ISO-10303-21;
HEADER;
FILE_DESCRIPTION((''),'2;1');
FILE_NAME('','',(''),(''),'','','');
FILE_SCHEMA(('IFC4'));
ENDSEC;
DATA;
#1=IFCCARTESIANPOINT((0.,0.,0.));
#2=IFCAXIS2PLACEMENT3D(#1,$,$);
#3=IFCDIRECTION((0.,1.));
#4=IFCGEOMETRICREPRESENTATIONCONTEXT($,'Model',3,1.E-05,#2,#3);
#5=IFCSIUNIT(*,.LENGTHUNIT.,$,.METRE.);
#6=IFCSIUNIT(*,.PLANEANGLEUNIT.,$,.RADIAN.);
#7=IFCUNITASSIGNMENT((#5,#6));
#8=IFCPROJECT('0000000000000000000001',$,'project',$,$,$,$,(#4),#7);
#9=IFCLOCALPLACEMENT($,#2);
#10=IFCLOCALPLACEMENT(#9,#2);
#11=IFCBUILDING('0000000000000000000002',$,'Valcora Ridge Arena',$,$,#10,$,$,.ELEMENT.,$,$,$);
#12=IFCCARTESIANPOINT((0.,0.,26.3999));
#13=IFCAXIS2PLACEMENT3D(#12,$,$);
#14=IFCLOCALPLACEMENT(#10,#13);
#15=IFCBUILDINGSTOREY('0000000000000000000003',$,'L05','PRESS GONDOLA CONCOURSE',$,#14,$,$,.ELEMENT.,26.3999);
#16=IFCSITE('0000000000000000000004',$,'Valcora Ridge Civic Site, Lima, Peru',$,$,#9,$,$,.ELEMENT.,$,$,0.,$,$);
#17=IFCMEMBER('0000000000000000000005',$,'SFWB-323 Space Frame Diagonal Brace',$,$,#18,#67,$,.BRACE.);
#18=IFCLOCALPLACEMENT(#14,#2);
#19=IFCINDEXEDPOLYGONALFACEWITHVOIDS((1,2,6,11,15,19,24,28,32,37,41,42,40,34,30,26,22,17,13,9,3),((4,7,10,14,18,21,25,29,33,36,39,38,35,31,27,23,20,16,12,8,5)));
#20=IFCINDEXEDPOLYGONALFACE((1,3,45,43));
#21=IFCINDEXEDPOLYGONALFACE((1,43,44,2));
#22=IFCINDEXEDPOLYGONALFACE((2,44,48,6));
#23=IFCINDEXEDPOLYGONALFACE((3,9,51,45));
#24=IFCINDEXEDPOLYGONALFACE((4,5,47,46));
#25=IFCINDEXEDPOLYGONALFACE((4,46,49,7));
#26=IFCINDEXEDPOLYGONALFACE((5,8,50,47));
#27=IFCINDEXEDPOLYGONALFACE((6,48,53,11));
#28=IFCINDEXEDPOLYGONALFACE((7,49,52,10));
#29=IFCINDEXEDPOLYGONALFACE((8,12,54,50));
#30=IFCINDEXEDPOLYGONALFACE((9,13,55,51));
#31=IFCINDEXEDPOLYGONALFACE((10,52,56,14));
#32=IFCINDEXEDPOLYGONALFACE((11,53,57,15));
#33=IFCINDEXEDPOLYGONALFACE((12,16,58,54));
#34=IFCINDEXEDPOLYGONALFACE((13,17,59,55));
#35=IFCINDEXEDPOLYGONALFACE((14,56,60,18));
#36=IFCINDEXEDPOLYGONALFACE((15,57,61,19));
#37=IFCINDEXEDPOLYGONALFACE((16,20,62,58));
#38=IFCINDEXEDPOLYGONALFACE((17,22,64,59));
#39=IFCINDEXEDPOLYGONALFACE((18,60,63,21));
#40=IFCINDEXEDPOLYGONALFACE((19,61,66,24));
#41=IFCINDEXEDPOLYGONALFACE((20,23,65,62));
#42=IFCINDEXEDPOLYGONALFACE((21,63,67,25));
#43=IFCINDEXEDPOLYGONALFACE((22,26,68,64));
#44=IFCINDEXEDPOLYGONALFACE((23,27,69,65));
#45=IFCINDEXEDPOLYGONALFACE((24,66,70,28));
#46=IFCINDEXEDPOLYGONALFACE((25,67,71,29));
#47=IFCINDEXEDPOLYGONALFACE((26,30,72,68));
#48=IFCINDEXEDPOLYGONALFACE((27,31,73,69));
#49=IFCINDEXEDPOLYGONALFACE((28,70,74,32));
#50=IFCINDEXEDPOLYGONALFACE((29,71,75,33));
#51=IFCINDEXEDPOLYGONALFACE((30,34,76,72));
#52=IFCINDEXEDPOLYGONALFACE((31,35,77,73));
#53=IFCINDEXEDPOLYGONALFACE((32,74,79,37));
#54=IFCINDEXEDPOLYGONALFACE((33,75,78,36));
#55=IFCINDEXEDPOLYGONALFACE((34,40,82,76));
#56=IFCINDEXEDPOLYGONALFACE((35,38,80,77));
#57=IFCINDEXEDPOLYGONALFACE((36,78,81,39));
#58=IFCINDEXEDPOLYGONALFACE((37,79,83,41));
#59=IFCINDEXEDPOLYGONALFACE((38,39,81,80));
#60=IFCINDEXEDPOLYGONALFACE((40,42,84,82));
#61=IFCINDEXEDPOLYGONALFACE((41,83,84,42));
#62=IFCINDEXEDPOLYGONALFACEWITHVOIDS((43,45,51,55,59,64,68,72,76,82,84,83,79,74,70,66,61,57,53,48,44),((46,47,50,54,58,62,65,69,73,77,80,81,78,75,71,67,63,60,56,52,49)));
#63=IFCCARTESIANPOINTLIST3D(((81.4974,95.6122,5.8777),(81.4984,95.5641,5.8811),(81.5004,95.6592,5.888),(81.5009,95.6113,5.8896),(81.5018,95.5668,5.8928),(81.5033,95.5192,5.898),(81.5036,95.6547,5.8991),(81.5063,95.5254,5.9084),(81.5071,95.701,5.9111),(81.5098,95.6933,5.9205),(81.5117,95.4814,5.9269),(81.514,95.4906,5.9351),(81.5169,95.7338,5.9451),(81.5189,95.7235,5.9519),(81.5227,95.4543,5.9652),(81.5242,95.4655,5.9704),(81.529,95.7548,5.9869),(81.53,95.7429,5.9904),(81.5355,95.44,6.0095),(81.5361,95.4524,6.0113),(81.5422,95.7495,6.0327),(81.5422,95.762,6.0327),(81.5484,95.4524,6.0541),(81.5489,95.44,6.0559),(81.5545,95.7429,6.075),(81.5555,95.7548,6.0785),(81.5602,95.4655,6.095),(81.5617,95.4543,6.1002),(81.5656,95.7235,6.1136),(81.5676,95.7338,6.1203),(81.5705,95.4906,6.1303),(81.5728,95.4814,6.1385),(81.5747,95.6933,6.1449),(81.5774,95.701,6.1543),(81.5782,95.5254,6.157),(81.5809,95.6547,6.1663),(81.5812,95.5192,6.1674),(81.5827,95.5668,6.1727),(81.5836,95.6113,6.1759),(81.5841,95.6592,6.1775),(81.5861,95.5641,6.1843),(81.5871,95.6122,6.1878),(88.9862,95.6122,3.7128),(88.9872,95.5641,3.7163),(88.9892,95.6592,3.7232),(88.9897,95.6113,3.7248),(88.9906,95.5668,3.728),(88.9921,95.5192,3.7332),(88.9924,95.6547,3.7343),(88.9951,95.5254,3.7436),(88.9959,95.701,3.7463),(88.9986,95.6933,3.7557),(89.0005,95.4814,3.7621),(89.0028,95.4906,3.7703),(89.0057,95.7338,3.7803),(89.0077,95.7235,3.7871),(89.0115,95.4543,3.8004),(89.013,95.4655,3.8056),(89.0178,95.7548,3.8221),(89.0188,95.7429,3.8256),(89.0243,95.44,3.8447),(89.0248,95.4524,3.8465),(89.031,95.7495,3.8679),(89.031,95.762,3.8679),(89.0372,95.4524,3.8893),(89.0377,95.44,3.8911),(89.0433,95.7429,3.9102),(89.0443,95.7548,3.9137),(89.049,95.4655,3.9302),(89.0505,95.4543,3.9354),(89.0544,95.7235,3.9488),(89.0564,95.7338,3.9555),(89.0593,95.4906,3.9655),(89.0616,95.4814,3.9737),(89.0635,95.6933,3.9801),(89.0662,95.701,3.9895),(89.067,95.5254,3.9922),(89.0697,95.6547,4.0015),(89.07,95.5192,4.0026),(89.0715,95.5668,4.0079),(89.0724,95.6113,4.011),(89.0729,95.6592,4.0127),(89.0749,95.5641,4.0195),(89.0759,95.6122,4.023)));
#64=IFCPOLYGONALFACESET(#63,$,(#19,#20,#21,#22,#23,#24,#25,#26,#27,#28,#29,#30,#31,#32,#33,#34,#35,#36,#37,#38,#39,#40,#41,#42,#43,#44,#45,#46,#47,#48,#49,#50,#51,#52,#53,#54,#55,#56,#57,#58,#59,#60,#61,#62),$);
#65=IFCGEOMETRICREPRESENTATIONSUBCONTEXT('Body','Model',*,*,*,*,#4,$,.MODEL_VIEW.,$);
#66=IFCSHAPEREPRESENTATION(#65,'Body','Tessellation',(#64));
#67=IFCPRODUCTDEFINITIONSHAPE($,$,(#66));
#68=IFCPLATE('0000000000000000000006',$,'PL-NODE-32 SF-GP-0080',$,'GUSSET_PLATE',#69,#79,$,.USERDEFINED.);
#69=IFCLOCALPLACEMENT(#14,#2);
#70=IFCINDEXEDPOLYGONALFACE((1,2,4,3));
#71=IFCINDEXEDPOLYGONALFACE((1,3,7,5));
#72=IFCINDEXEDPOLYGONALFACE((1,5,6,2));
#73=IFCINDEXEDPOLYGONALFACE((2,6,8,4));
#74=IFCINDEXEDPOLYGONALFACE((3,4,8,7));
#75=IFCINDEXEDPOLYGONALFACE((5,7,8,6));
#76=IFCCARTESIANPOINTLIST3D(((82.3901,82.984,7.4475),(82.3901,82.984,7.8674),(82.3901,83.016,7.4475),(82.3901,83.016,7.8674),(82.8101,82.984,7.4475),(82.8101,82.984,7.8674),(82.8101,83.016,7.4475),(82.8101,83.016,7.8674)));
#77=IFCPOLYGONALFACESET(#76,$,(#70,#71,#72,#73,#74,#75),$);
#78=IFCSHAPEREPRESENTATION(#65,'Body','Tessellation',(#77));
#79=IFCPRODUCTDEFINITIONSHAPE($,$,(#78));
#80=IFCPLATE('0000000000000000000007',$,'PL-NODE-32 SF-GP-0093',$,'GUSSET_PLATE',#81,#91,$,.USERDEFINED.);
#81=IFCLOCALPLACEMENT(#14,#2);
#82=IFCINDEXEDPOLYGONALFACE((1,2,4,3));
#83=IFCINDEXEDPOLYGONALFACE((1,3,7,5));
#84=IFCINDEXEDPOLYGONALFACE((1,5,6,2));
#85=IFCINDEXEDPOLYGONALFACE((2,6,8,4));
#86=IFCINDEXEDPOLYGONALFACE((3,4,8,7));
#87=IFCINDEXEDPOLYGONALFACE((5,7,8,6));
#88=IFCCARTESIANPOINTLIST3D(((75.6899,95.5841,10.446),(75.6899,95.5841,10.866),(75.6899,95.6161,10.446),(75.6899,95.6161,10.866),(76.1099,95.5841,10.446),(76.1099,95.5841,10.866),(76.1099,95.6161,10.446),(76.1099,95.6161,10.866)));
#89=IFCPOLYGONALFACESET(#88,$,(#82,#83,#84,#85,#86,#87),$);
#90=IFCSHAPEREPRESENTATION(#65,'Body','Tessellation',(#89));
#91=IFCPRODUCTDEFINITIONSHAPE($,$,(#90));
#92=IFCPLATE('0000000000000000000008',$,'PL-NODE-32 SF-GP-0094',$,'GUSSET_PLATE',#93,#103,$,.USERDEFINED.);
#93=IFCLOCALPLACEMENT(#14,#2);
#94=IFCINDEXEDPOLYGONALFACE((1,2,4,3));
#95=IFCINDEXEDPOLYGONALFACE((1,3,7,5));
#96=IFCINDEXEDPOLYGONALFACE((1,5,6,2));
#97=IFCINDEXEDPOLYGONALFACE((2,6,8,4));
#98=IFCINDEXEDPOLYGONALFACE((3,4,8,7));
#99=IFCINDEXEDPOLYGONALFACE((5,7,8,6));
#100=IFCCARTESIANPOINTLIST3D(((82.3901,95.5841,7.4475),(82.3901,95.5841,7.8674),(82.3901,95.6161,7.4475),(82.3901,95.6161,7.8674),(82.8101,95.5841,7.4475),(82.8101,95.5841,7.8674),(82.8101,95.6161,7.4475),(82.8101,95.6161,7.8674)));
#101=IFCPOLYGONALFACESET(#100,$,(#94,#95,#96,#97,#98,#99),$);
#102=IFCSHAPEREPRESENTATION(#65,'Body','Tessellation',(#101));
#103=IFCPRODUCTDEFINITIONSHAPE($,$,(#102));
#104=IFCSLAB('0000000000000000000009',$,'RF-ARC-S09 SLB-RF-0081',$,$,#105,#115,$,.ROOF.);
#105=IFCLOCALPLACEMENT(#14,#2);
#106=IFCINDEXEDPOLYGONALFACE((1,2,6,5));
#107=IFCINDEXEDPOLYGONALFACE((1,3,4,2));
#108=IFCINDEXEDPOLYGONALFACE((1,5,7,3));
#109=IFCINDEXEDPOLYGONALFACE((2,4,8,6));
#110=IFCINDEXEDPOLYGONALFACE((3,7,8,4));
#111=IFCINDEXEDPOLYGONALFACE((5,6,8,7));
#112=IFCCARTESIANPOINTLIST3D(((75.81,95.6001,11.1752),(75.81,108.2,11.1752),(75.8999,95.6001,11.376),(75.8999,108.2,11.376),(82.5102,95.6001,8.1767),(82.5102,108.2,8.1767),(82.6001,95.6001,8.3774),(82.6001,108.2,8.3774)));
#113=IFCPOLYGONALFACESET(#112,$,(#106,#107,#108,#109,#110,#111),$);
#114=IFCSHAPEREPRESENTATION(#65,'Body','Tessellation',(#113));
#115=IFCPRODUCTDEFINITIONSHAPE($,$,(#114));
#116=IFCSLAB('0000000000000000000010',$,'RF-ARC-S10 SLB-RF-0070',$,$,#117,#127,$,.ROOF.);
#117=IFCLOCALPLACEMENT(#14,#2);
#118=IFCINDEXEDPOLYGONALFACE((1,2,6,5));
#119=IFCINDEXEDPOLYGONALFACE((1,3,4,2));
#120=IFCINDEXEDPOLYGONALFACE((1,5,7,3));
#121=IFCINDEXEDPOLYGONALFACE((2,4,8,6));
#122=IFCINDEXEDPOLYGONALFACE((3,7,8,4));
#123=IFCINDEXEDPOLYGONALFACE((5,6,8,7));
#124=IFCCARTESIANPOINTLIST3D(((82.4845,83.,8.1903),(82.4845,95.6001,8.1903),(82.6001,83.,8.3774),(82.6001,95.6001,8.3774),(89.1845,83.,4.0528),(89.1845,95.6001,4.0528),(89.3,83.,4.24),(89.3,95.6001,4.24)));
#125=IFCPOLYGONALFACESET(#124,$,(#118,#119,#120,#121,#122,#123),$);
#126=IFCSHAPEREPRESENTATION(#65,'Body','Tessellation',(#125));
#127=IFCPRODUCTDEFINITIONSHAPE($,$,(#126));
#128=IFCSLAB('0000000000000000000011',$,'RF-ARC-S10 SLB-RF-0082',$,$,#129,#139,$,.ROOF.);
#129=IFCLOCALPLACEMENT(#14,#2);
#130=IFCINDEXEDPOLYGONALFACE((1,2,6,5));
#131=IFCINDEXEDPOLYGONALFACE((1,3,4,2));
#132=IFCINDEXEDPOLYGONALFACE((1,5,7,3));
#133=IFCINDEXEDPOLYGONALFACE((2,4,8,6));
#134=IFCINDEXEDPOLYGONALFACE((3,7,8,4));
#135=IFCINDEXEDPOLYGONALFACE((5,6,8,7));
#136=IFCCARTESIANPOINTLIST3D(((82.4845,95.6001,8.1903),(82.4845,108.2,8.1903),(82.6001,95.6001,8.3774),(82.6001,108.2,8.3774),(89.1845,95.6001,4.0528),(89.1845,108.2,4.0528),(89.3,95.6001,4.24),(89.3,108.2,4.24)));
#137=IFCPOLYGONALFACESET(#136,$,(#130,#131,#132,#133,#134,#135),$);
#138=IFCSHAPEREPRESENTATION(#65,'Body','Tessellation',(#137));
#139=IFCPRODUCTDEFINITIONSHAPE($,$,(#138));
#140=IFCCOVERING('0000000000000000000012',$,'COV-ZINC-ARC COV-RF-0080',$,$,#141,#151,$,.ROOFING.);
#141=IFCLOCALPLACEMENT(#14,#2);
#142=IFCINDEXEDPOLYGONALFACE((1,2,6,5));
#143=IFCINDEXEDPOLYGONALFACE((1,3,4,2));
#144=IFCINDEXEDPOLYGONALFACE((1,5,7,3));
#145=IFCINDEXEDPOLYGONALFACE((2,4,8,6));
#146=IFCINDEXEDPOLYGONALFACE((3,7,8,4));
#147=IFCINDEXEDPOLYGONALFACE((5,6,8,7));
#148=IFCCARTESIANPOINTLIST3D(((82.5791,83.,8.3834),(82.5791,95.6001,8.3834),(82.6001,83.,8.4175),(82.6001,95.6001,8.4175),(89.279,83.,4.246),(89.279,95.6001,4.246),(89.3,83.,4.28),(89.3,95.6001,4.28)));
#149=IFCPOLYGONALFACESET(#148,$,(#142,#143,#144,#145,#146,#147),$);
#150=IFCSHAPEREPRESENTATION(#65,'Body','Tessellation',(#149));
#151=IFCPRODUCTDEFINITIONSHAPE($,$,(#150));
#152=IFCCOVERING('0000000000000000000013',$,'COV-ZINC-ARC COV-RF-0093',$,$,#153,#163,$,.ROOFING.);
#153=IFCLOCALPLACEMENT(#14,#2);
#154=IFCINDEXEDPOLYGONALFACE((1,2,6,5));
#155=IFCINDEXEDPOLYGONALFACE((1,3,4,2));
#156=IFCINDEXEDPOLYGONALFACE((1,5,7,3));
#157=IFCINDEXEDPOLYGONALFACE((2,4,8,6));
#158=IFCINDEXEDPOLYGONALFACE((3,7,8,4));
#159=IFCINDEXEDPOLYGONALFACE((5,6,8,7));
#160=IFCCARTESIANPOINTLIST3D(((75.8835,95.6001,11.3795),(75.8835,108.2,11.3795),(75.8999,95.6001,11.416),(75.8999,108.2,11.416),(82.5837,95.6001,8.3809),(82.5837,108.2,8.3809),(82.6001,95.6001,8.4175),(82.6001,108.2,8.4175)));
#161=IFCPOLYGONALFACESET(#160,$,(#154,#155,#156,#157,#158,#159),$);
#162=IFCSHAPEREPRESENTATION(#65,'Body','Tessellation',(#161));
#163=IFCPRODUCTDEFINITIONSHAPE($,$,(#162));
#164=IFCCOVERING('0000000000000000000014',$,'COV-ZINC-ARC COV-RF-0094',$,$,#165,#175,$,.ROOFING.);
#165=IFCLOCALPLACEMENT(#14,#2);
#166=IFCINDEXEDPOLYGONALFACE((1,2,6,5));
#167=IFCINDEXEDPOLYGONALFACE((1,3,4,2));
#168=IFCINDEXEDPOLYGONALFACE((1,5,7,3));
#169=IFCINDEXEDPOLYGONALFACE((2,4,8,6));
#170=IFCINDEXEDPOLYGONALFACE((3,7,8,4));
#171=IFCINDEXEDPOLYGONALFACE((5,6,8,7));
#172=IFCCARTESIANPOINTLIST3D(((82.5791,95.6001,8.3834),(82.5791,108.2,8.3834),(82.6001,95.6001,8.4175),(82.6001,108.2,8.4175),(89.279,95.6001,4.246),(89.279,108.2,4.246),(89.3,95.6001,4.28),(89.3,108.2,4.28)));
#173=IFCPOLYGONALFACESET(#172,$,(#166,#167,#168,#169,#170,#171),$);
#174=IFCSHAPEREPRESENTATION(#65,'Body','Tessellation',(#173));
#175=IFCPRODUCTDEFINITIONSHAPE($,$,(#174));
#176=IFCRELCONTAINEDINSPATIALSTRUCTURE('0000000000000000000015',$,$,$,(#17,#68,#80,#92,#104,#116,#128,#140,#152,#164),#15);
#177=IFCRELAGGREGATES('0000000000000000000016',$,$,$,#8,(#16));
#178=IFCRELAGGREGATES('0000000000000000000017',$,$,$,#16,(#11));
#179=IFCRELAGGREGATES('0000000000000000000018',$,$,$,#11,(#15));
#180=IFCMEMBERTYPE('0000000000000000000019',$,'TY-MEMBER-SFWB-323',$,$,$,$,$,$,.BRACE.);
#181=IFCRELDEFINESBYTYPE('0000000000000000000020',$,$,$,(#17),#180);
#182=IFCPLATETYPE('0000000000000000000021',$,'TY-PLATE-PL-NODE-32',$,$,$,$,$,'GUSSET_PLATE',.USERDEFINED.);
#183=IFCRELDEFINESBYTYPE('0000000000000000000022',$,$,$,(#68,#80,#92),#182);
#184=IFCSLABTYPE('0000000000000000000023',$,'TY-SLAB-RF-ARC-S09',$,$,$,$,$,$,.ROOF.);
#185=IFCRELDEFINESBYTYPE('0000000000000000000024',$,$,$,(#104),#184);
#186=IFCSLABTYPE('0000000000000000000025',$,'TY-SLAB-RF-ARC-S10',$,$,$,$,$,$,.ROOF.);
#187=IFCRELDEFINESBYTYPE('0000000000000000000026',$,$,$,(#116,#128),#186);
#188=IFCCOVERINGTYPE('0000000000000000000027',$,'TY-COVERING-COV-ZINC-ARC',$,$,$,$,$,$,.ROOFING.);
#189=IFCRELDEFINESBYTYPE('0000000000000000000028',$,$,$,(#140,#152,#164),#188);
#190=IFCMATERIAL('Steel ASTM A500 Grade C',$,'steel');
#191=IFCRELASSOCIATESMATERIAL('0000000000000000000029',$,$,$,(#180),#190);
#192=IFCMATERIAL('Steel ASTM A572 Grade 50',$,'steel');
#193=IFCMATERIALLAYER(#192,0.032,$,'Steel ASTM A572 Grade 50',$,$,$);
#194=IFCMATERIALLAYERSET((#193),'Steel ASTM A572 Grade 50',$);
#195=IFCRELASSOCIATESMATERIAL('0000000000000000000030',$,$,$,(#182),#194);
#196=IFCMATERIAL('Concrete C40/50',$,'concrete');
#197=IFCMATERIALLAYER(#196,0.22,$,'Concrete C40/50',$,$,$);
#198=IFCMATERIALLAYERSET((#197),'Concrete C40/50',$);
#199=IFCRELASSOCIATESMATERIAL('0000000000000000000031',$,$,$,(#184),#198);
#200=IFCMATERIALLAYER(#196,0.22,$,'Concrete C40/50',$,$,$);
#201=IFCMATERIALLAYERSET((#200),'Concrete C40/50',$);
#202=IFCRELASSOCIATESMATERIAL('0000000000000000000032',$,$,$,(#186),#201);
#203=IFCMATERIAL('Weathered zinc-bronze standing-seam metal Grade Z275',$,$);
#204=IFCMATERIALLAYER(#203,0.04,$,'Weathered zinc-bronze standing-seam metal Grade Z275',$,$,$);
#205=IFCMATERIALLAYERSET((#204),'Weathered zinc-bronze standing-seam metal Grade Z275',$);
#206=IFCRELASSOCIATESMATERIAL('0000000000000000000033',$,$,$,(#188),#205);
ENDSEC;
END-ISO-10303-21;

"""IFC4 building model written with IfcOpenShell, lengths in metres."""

from ifc_helpers import new_model, si_unit, direction, frame, origin, origin_2d, place, context, subcontext, project, spatial, polyline, rectangle, hollow_circle, outline, extrude, material, layer, layer_set, material_profile, profile_set, type_object, element, save


model = new_model("IFC4")

# Units and contexts
model_context = context("Model", 3, precision=1e-05, world=origin(), true_north=direction((0.0, 1.0)))
body_context = subcontext(model_context, "Body", "Model", "MODEL_VIEW")
ifc_project = project(units=[si_unit("LENGTHUNIT", "METRE"), si_unit("PLANEANGLEUNIT", "RADIAN")], contexts=[model_context])

# Site, building, storey
site_placement = place(None, origin())
site = spatial("IfcSite", under=ifc_project, at=site_placement, Name="Valcora Ridge Civic Site, Lima, Peru", CompositionType="ELEMENT", RefElevation=0.0)
building_placement = place(site_placement, origin())
building = spatial("IfcBuilding", under=site, at=building_placement, Name="Valcora Ridge Arena", CompositionType="ELEMENT")
storey_placement = place(building_placement, frame((0.0, 0.0, 26.3999)))
storey = spatial("IfcBuildingStorey", under=building, at=storey_placement, Name="L05", Description="PRESS GONDOLA CONCOURSE", CompositionType="ELEMENT", Elevation=26.3999)

# Member
ifc_material_1 = material(Name="Steel ASTM A572 Grade 50", Category="steel")
ifc_material_2 = material(Name="Steel ASTM A500 Grade C", Category="steel")
ifc_material_profile_1 = material_profile(ifc_material_2, hollow_circle(Radius=0.1619, WallThickness=0.0125, at=origin_2d()), Name="CHS323X12")
ifc_profile_set_1 = profile_set([ifc_material_profile_1], Name="Steel ASTM A500 Grade C")
member_type_1 = type_object("IfcMemberType", Name="TY-MEMBER-SFWB-323", PredefinedType="BRACE", material=ifc_profile_set_1)
member_1_placement = place(storey_placement, frame((81.5422, 95.6001, 6.0327), z_axis=(0.960667, 0.0, -0.277702), x_axis=(0.0, 1.0, 0.0)))
element("IfcMember", 1, at=member_1_placement, inside=storey, type_object=member_type_1, Name="SFWB-323 Space Frame Diagonal Brace", PredefinedType="BRACE", context=body_context, shape_type="SweptSolid", body=[
    extrude(hollow_circle(Radius=0.1619, WallThickness=0.0125, at=origin_2d()), origin(), (0.0, 0.0, 1.0), 7.7954),
])

# Plates
ifc_layer_1 = layer(ifc_material_1, 0.032, Name="Steel ASTM A572 Grade 50")
ifc_layer_set_1 = layer_set([ifc_layer_1], Name="Steel ASTM A572 Grade 50")
plate_type = type_object("IfcPlateType", Name="TY-PLATE-PL-NODE-32", ElementType="GUSSET_PLATE", PredefinedType="USERDEFINED", material=ifc_layer_set_1)
for number, where, z_axis, x_axis, name in (
    (2, (82.6001, 83.0, 7.4475), (0.0, 0.0, 1.0), (1.0, 0.0, 0.0), "PL-NODE-32 SF-GP-0080"),
    (3, (75.8999, 95.6001, 10.446), (0.0, 0.0, 1.0), (1.0, 0.0, 0.0), "PL-NODE-32 SF-GP-0093"),
    (4, (82.6001, 95.6001, 7.4475), (0.0, 0.0, 1.0), (1.0, 0.0, 0.0), "PL-NODE-32 SF-GP-0094"),
):
    element("IfcPlate", number, at=place(storey_placement, frame(where, z_axis=z_axis, x_axis=x_axis)), inside=storey, type_object=plate_type, Name=name, ObjectType="GUSSET_PLATE", PredefinedType="USERDEFINED", context=body_context, shape_type="SweptSolid", body=[
        extrude(rectangle(XDim=0.4199, YDim=0.032, at=origin_2d()), origin(), (0.0, 0.0, 1.0), 0.4199),
    ])

# Slabs
ifc_material_3 = material(Name="Concrete C40/50", Category="concrete")
ifc_layer_2 = layer(ifc_material_3, 0.22, Name="Concrete C40/50")
ifc_layer_set_2 = layer_set([ifc_layer_2], Name="Concrete C40/50")
slab_type_1 = type_object("IfcSlabType", Name="TY-SLAB-RF-ARC-S09", PredefinedType="ROOF", material=ifc_layer_set_2)
slab_1_placement = place(storey_placement, frame((75.8999, 95.6001, 11.376), z_axis=(0.408489, 0.0, 0.912763), x_axis=(0.912763, 0.0, -0.408489)))
element("IfcSlab", 5, at=slab_1_placement, inside=storey, type_object=slab_type_1, Name="RF-ARC-S09 SLB-RF-0081", PredefinedType="ROOF", context=body_context, shape_type="SweptSolid", body=[
    extrude(outline(polyline([(0.0, 0.0), (7.3406, 0.0), (7.3406, 12.5999), (0.0, 12.5999), (0.0, 0.0)])), origin(), (0.0, 0.0, -1.0), 0.22),
])
ifc_layer_3 = layer(ifc_material_3, 0.22, Name="Concrete C40/50")
ifc_layer_set_3 = layer_set([ifc_layer_3], Name="Concrete C40/50")
slab_type_2 = type_object("IfcSlabType", Name="TY-SLAB-RF-ARC-S10", PredefinedType="ROOF", material=ifc_layer_set_3)
slab_2_placement = place(storey_placement, frame((82.6001, 83.0, 8.3774), z_axis=(0.525424, 0.0, 0.850841), x_axis=(0.850841, 0.0, -0.525424)))
element("IfcSlab", 6, at=slab_2_placement, inside=storey, type_object=slab_type_2, Name="RF-ARC-S10 SLB-RF-0070", PredefinedType="ROOF", context=body_context, shape_type="SweptSolid", body=[
    extrude(outline(polyline([(0.0, 0.0), (7.8745, 0.0), (7.8745, 12.6001), (0.0, 12.6001), (0.0, 0.0)])), origin(), (0.0, 0.0, -1.0), 0.22),
])
slab_3_placement = place(storey_placement, frame((82.6001, 95.6001, 8.3774), z_axis=(0.525424, 0.0, 0.850841), x_axis=(0.850841, 0.0, -0.525424)))
element("IfcSlab", 7, at=slab_3_placement, inside=storey, type_object=slab_type_2, Name="RF-ARC-S10 SLB-RF-0082", PredefinedType="ROOF", context=body_context, shape_type="SweptSolid", body=[
    extrude(outline(polyline([(0.0, 0.0), (7.8745, 0.0), (7.8745, 12.5999), (0.0, 12.5999), (0.0, 0.0)])), origin(), (0.0, 0.0, -1.0), 0.22),
])

# Coverings
ifc_material_4 = material(Name="Weathered zinc-bronze standing-seam metal Grade Z275")
ifc_layer_4 = layer(ifc_material_4, 0.04, Name="Weathered zinc-bronze standing-seam metal Grade Z275")
ifc_layer_set_4 = layer_set([ifc_layer_4], Name="Weathered zinc-bronze standing-seam metal Grade Z275")
covering_type = type_object("IfcCoveringType", Name="TY-COVERING-COV-ZINC-ARC", PredefinedType="ROOFING", material=ifc_layer_set_4)
covering_1_placement = place(storey_placement, frame((82.6001, 83.0, 8.4175), z_axis=(0.525424, 0.0, 0.850841), x_axis=(0.850841, 0.0, -0.525424)))
element("IfcCovering", 8, at=covering_1_placement, inside=storey, type_object=covering_type, Name="COV-ZINC-ARC COV-RF-0080", PredefinedType="ROOFING", context=body_context, shape_type="SweptSolid", body=[
    extrude(outline(polyline([(0.0, 0.0), (7.8745, 0.0), (7.8745, 12.6001), (0.0, 12.6001), (0.0, 0.0)])), origin(), (0.0, 0.0, -1.0), 0.04),
])
covering_2_placement = place(storey_placement, frame((75.8999, 95.6001, 11.416), z_axis=(0.408489, 0.0, 0.912763), x_axis=(0.912763, 0.0, -0.408489)))
element("IfcCovering", 9, at=covering_2_placement, inside=storey, type_object=covering_type, Name="COV-ZINC-ARC COV-RF-0093", PredefinedType="ROOFING", context=body_context, shape_type="SweptSolid", body=[
    extrude(outline(polyline([(0.0, 0.0), (7.3406, 0.0), (7.3406, 12.5999), (0.0, 12.5999), (0.0, 0.0)])), origin(), (0.0, 0.0, -1.0), 0.04),
])
covering_3_placement = place(storey_placement, frame((82.6001, 95.6001, 8.4175), z_axis=(0.525424, 0.0, 0.850841), x_axis=(0.850841, 0.0, -0.525424)))
element("IfcCovering", 10, at=covering_3_placement, inside=storey, type_object=covering_type, Name="COV-ZINC-ARC COV-RF-0094", PredefinedType="ROOFING", context=body_context, shape_type="SweptSolid", body=[
    extrude(outline(polyline([(0.0, 0.0), (7.8745, 0.0), (7.8745, 12.5999), (0.0, 12.5999), (0.0, 0.0)])), origin(), (0.0, 0.0, -1.0), 0.04),
])

save(model, "model.ifc")
